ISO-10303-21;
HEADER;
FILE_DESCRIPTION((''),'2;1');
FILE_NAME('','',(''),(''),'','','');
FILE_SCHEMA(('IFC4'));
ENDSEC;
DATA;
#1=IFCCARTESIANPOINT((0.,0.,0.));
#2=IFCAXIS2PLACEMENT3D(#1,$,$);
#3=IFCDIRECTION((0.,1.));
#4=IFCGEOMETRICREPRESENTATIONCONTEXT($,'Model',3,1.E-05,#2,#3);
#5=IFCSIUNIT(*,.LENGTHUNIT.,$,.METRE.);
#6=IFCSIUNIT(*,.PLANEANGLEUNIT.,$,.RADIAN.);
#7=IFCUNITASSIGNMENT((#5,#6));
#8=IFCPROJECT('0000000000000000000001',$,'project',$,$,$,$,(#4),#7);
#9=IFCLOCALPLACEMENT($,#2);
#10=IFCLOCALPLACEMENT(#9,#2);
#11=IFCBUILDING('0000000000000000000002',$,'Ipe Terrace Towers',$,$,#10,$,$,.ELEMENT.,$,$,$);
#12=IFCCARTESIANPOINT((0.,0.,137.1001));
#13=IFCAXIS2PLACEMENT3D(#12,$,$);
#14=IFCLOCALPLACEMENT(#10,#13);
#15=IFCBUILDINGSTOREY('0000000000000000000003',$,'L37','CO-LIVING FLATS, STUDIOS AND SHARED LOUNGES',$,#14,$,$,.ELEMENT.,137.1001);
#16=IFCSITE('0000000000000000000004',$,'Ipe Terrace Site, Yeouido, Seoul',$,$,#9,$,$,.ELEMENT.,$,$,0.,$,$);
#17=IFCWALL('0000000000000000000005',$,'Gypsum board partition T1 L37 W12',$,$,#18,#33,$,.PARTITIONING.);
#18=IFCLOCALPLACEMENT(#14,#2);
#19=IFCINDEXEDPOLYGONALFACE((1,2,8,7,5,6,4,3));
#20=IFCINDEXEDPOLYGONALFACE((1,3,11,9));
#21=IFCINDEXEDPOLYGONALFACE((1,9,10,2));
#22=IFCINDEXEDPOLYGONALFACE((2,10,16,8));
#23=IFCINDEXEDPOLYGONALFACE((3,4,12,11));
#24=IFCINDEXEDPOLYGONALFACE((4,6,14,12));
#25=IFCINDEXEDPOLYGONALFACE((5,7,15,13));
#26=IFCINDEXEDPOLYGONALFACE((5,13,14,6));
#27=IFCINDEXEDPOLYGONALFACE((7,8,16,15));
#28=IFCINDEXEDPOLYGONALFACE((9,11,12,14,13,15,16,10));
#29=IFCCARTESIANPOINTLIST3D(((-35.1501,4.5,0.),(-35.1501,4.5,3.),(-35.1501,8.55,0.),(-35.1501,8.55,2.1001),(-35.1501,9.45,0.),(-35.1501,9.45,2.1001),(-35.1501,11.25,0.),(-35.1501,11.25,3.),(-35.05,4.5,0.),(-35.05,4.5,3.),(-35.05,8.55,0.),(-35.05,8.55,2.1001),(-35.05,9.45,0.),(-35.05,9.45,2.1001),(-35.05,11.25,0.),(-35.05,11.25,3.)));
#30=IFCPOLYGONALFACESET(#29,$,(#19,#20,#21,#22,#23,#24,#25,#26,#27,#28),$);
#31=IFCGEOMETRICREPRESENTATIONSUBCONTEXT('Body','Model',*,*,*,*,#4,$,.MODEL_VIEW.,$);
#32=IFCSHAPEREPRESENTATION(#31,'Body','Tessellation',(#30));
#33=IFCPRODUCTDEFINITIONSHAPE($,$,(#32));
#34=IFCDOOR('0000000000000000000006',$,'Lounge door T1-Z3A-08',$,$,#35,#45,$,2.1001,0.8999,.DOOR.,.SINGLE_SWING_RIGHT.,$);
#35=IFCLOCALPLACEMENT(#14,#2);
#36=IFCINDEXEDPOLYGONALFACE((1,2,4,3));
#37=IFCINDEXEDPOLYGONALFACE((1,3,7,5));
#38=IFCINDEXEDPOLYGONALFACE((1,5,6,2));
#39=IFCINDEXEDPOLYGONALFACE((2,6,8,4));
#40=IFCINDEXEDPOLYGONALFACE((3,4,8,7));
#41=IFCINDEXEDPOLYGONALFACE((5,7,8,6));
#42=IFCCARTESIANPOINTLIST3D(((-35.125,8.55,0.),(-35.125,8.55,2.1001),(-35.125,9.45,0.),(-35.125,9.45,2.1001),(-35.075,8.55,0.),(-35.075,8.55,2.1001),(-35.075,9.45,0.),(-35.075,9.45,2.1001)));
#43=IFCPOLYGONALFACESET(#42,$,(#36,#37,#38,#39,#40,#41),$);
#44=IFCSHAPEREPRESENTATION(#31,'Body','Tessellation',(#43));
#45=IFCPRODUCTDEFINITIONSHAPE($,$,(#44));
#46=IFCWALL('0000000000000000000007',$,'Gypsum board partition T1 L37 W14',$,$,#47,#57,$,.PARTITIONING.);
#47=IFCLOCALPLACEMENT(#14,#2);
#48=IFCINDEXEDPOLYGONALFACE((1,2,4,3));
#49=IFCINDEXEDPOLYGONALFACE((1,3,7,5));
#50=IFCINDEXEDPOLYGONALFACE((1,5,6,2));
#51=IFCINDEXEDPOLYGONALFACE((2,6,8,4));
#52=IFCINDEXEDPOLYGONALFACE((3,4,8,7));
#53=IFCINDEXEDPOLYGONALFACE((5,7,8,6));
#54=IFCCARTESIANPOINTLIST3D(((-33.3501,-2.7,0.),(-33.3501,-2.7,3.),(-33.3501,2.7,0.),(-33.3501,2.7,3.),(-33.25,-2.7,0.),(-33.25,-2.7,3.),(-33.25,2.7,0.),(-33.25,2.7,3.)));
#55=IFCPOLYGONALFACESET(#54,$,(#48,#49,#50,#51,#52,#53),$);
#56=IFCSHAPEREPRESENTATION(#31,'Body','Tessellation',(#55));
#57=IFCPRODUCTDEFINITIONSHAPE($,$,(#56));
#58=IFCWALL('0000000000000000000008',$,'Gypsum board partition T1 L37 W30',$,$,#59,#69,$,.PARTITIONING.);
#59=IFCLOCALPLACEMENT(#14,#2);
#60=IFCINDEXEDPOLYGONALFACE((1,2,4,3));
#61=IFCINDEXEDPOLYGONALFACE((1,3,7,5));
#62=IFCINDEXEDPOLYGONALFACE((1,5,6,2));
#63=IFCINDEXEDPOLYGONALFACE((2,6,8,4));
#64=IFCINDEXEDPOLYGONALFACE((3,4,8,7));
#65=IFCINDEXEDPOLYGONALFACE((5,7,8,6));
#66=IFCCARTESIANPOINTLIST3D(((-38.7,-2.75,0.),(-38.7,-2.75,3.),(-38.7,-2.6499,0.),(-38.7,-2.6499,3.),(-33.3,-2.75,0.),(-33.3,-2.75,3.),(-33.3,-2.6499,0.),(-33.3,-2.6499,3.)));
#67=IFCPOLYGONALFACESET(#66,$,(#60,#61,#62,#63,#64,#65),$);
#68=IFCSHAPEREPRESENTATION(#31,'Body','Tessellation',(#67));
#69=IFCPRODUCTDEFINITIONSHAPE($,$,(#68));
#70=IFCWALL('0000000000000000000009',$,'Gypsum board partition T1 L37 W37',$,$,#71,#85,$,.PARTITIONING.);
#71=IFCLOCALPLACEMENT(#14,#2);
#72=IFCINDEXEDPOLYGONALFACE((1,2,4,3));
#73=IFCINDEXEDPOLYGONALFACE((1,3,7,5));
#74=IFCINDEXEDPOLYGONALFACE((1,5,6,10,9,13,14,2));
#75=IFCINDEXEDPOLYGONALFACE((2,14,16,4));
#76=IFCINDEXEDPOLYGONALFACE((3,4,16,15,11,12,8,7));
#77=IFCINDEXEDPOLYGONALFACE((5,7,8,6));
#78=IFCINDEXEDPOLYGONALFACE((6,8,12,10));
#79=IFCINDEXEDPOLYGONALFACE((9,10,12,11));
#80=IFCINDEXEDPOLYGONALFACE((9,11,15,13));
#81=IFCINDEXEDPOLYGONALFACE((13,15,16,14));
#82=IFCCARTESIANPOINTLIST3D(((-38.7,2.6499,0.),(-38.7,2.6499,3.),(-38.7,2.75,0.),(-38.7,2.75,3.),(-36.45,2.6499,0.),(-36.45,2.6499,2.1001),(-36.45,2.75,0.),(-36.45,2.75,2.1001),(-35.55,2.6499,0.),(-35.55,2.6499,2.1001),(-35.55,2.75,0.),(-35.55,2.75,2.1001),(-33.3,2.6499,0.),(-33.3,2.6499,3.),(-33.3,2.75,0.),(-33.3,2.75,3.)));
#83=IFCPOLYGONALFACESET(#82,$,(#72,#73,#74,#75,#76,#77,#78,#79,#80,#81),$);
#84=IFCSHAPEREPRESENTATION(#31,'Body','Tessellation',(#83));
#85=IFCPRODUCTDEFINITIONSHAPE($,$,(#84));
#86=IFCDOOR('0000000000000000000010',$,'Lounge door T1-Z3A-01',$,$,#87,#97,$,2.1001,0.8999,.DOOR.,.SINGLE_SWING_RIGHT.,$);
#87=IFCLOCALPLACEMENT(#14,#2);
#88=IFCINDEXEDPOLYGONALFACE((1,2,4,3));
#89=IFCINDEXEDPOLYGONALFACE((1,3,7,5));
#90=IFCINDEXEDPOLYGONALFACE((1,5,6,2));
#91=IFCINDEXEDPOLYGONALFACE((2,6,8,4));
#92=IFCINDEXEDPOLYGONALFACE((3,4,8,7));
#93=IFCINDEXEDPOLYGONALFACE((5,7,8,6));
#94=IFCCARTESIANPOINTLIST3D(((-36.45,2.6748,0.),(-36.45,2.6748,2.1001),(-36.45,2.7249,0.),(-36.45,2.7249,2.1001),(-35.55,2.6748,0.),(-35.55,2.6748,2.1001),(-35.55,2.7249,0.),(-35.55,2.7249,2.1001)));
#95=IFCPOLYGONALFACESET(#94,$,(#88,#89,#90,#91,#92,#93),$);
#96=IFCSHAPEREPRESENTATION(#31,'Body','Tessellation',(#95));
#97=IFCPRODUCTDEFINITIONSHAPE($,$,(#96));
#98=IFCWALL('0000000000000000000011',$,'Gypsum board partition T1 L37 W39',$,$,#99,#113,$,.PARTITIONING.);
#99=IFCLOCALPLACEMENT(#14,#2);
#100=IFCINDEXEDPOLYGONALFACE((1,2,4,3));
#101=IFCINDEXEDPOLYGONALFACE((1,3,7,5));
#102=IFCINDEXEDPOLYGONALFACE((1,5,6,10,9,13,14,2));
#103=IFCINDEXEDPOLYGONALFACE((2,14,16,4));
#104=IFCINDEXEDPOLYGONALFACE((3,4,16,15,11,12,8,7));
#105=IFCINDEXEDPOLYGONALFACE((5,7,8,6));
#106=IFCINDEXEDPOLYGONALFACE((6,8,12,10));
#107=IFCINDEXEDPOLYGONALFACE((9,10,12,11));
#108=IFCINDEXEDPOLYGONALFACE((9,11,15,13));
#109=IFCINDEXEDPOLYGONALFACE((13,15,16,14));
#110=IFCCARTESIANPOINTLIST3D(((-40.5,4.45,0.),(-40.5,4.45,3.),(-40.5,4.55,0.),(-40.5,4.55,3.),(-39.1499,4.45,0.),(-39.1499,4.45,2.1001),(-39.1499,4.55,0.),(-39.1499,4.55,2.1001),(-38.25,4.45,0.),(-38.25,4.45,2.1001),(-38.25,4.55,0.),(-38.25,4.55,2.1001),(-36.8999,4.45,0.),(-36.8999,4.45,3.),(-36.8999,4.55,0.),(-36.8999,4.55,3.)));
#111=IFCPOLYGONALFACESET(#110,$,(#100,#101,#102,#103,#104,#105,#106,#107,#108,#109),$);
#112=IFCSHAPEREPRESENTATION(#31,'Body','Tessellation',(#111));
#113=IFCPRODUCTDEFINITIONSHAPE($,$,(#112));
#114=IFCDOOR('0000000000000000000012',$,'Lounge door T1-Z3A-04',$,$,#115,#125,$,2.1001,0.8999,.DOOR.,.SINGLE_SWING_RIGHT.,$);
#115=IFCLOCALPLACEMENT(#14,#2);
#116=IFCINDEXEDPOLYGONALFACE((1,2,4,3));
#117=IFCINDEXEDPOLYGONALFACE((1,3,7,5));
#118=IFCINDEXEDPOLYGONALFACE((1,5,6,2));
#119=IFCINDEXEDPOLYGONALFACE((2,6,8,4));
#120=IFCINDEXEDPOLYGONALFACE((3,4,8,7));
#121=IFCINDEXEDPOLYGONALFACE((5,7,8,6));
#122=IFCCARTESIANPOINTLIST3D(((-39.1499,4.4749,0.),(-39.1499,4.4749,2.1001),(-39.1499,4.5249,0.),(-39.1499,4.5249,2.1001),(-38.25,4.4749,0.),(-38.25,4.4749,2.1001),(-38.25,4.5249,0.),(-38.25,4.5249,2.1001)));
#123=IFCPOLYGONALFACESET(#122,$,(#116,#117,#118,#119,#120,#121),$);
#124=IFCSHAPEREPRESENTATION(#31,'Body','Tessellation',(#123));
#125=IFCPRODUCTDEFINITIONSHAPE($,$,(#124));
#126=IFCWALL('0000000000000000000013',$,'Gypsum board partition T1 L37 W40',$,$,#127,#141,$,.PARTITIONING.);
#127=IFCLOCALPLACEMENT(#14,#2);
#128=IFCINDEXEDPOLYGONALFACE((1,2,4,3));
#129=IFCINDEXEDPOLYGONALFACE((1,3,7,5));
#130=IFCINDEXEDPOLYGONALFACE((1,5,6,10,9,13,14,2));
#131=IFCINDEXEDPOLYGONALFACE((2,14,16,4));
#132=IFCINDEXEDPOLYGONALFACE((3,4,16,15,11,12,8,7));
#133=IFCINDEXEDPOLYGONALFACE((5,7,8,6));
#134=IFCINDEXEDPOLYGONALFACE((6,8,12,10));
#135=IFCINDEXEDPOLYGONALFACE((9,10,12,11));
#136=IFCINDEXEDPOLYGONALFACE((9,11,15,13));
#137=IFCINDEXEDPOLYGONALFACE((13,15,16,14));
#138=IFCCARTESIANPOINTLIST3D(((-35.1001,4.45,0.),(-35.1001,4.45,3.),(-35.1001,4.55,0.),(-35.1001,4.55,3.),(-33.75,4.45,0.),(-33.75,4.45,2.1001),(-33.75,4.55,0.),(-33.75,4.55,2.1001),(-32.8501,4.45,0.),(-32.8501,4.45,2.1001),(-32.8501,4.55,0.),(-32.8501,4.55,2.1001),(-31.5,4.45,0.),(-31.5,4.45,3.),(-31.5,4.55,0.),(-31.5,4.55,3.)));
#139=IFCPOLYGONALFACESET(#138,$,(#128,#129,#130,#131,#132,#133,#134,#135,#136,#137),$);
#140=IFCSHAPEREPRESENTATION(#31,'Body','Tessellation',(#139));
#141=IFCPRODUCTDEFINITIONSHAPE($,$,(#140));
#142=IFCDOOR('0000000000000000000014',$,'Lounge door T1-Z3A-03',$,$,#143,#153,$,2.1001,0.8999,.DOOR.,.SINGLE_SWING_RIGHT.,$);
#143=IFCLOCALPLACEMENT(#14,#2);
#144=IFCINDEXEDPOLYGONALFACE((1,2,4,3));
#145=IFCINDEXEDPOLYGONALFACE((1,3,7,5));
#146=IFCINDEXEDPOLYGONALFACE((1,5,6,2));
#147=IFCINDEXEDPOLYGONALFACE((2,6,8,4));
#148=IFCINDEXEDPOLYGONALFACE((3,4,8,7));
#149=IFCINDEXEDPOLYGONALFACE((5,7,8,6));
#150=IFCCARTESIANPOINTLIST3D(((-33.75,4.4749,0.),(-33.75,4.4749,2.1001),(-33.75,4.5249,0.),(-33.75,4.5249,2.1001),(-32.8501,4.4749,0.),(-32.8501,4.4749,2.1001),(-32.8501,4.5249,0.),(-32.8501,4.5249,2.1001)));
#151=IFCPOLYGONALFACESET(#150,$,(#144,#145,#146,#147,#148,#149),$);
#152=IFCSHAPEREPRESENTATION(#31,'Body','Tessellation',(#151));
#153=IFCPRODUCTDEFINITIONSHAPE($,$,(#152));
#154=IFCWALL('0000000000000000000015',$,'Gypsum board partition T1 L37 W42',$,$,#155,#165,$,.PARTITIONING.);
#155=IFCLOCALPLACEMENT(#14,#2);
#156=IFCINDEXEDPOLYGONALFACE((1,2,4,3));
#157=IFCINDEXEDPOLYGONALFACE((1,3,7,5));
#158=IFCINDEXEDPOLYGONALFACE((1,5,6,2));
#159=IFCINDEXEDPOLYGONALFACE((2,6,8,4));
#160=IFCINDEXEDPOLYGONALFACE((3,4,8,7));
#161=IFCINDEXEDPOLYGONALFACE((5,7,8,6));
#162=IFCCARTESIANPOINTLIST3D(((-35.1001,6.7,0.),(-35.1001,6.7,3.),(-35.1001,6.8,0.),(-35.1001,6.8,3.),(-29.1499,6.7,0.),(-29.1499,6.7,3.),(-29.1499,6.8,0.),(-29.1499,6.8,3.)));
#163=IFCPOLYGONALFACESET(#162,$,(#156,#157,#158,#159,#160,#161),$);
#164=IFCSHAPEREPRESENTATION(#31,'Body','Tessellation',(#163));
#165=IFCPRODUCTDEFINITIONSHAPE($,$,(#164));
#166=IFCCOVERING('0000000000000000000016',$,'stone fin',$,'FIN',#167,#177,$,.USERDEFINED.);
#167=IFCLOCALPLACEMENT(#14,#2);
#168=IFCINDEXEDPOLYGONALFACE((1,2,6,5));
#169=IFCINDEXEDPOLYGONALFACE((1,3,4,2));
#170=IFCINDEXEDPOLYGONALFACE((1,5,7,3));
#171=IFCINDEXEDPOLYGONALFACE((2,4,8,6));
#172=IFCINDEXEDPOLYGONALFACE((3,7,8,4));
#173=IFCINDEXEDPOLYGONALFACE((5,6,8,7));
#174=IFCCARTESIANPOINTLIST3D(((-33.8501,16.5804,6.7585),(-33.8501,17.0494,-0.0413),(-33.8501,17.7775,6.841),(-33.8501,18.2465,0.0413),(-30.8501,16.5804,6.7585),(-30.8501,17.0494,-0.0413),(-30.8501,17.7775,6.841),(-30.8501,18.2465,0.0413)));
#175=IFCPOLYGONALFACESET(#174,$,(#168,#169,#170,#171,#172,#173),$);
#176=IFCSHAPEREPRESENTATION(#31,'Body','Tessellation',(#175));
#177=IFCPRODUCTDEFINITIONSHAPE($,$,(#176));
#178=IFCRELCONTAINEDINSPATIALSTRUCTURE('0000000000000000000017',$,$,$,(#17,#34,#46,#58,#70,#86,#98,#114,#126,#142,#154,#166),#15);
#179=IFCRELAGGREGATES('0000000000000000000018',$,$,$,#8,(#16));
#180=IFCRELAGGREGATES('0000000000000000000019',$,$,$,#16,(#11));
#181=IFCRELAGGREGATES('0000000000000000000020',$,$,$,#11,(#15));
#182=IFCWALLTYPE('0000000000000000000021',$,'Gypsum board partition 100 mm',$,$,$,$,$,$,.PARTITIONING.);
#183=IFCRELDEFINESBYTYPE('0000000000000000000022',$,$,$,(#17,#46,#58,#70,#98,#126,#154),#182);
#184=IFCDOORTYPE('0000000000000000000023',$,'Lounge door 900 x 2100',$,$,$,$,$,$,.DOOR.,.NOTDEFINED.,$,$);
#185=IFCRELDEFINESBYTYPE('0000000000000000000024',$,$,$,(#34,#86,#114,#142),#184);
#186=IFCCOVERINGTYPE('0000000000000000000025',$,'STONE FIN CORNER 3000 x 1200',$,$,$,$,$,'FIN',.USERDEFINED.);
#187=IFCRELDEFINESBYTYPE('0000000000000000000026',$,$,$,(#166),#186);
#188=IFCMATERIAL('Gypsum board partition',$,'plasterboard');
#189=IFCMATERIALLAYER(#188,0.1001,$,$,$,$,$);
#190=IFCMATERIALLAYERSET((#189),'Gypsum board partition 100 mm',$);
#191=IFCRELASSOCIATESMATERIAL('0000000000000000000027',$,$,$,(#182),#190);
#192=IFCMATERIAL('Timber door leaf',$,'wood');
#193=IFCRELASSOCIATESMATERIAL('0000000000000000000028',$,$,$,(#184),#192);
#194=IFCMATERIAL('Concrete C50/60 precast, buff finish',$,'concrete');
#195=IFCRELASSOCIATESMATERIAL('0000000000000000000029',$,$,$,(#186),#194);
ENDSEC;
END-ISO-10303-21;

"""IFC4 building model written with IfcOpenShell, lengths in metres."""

from ifc_helpers import new_model, si_unit, direction, frame, frame_2d, origin, origin_2d, place, context, subcontext, project, spatial, rectangle, extrude, material, layer, layer_set, material_profile, profile_set, type_object, element, fill, save


model = new_model("IFC4")

# Units and contexts
model_context = context("Model", 3, precision=1e-05, world=origin(), true_north=direction((0.0, 1.0)))
body_context = subcontext(model_context, "Body", "Model", "MODEL_VIEW")
ifc_project = project(units=[si_unit("LENGTHUNIT", "METRE"), si_unit("PLANEANGLEUNIT", "RADIAN")], contexts=[model_context])

# Site, building, storey
site_placement = place(None, origin())
site = spatial("IfcSite", under=ifc_project, at=site_placement, Name="Ipe Terrace Site, Yeouido, Seoul", CompositionType="ELEMENT", RefElevation=0.0)
building_placement = place(site_placement, origin())
building = spatial("IfcBuilding", under=site, at=building_placement, Name="Ipe Terrace Towers", CompositionType="ELEMENT")
storey_placement = place(building_placement, frame((0.0, 0.0, 137.1001)))
storey = spatial("IfcBuildingStorey", under=building, at=storey_placement, Name="L37", Description="CO-LIVING FLATS, STUDIOS AND SHARED LOUNGES", CompositionType="ELEMENT", Elevation=137.1001)

# Shared definitions
ifc_material_1 = material(Name="Gypsum board partition", Category="plasterboard")
ifc_layer_1 = layer(ifc_material_1, 0.1001)
ifc_layer_set_1 = layer_set([ifc_layer_1], Name="Gypsum board partition 100 mm")
wall_type_1 = type_object("IfcWallType", Name="Gypsum board partition 100 mm", PredefinedType="PARTITIONING", material=ifc_layer_set_1)

# Wall, opening, door
ifc_material_2 = material(Name="Timber door leaf", Category="wood")
door_type = type_object("IfcDoorType", Name="Lounge door 900 x 2100", OperationType="NOTDEFINED", PredefinedType="DOOR", material=ifc_material_2)
wall_1_placement = place(storey_placement, frame((-35.1001, 4.5, 0.0), z_axis=(0.0, 0.0, 1.0), x_axis=(0.0, 1.0, 0.0)))
wall_1 = element("IfcWall", 1, at=wall_1_placement, inside=storey, type_object=wall_type_1, Name="Gypsum board partition T1 L37 W12", PredefinedType="PARTITIONING", context=body_context, shape_type="SweptSolid", body=[
    extrude(rectangle(XDim=6.75, YDim=0.1001, at=frame_2d((3.375, 0.0))), origin(), (0.0, 0.0, 1.0), 3.0),
])
opening_1_placement = place(wall_1_placement, frame((4.05, 0.0, 0.0)))
opening_1 = element("IfcOpeningElement", 2, at=opening_1_placement, cuts=wall_1, PredefinedType="OPENING", context=body_context, shape_type="SweptSolid", body=[
    extrude(rectangle(XDim=0.8999, YDim=2.1001, at=frame_2d((0.45, 1.05))), frame((0.0, 0.0601, 0.0), z_axis=(0.0, -1.0, 0.0), x_axis=(1.0, 0.0, 0.0)), (0.0, 0.0, 1.0), 0.1201),
])
door_1_placement = place(opening_1_placement, origin())
door_1 = element("IfcDoor", 3, at=door_1_placement, inside=storey, type_object=door_type, Name="Lounge door T1-Z3A-08", OperationType="SINGLE_SWING_RIGHT", OverallHeight=2.1001, OverallWidth=0.8999, PredefinedType="DOOR", context=body_context, shape_type="SweptSolid", body=[
    extrude(rectangle(XDim=0.8999, YDim=2.1001, at=frame_2d((0.45, 1.05))), frame((0.0, 0.0249, 0.0), z_axis=(0.0, -1.0, 0.0), x_axis=(1.0, 0.0, 0.0)), (0.0, 0.0, 1.0), 0.05),
])
fill(opening_1, door_1)

# Walls
for number, where, z_axis, x_axis, name in (
    (4, (-33.3, -2.7, 0.0), (0.0, 0.0, 1.0), (0.0, 1.0, 0.0), "Gypsum board partition T1 L37 W14"),
    (5, (-38.7, -2.7, 0.0), (0.0, 0.0, 1.0), (1.0, 0.0, 0.0), "Gypsum board partition T1 L37 W30"),
):
    element("IfcWall", number, at=place(storey_placement, frame(where, z_axis=z_axis, x_axis=x_axis)), inside=storey, type_object=wall_type_1, Name=name, PredefinedType="PARTITIONING", context=body_context, shape_type="SweptSolid", body=[
        extrude(rectangle(XDim=5.3999, YDim=0.1001, at=frame_2d((2.7, 0.0))), origin(), (0.0, 0.0, 1.0), 3.0),
    ])

# Walls, openings, doors
wall_2_placement = place(storey_placement, frame((-38.7, 2.7, 0.0), z_axis=(0.0, 0.0, 1.0), x_axis=(1.0, 0.0, 0.0)))
wall_2 = element("IfcWall", 6, at=wall_2_placement, inside=storey, type_object=wall_type_1, Name="Gypsum board partition T1 L37 W37", PredefinedType="PARTITIONING", context=body_context, shape_type="SweptSolid", body=[
    extrude(rectangle(XDim=5.3999, YDim=0.1001, at=frame_2d((2.7, 0.0))), origin(), (0.0, 0.0, 1.0), 3.0),
])
opening_2_placement = place(wall_2_placement, frame((2.25, 0.0, 0.0)))
opening_2 = element("IfcOpeningElement", 7, at=opening_2_placement, cuts=wall_2, PredefinedType="OPENING", context=body_context, shape_type="SweptSolid", body=[
    extrude(rectangle(XDim=0.8999, YDim=2.1001, at=frame_2d((0.45, 1.05))), frame((0.0, 0.0601, 0.0), z_axis=(0.0, -1.0, 0.0), x_axis=(1.0, 0.0, 0.0)), (0.0, 0.0, 1.0), 0.1201),
])
door_2_placement = place(opening_2_placement, origin())
door_2 = element("IfcDoor", 8, at=door_2_placement, inside=storey, type_object=door_type, Name="Lounge door T1-Z3A-01", OperationType="SINGLE_SWING_RIGHT", OverallHeight=2.1001, OverallWidth=0.8999, PredefinedType="DOOR", context=body_context, shape_type="SweptSolid", body=[
    extrude(rectangle(XDim=0.8999, YDim=2.1001, at=frame_2d((0.45, 1.05))), frame((0.0, 0.0249, 0.0), z_axis=(0.0, -1.0, 0.0), x_axis=(1.0, 0.0, 0.0)), (0.0, 0.0, 1.0), 0.05),
])
fill(opening_2, door_2)
wall_3_placement = place(storey_placement, frame((-40.5, 4.5, 0.0), z_axis=(0.0, 0.0, 1.0), x_axis=(1.0, 0.0, 0.0)))
wall_3 = element("IfcWall", 9, at=wall_3_placement, inside=storey, type_object=wall_type_1, Name="Gypsum board partition T1 L37 W39", PredefinedType="PARTITIONING", context=body_context, shape_type="SweptSolid", body=[
    extrude(rectangle(XDim=3.6001, YDim=0.1001, at=frame_2d((1.8, 0.0))), origin(), (0.0, 0.0, 1.0), 3.0),
])
opening_3_placement = place(wall_3_placement, frame((1.3501, 0.0, 0.0)))
opening_3 = element("IfcOpeningElement", 10, at=opening_3_placement, cuts=wall_3, PredefinedType="OPENING", context=body_context, shape_type="SweptSolid", body=[
    extrude(rectangle(XDim=0.8999, YDim=2.1001, at=frame_2d((0.45, 1.05))), frame((0.0, 0.0601, 0.0), z_axis=(0.0, -1.0, 0.0), x_axis=(1.0, 0.0, 0.0)), (0.0, 0.0, 1.0), 0.1201),
])
door_3_placement = place(opening_3_placement, origin())
door_3 = element("IfcDoor", 11, at=door_3_placement, inside=storey, type_object=door_type, Name="Lounge door T1-Z3A-04", OperationType="SINGLE_SWING_RIGHT", OverallHeight=2.1001, OverallWidth=0.8999, PredefinedType="DOOR", context=body_context, shape_type="SweptSolid", body=[
    extrude(rectangle(XDim=0.8999, YDim=2.1001, at=frame_2d((0.45, 1.05))), frame((0.0, 0.0249, 0.0), z_axis=(0.0, -1.0, 0.0), x_axis=(1.0, 0.0, 0.0)), (0.0, 0.0, 1.0), 0.05),
])
fill(opening_3, door_3)
wall_4_placement = place(storey_placement, frame((-35.1001, 4.5, 0.0), z_axis=(0.0, 0.0, 1.0), x_axis=(1.0, 0.0, 0.0)))
wall_4 = element("IfcWall", 12, at=wall_4_placement, inside=storey, type_object=wall_type_1, Name="Gypsum board partition T1 L37 W40", PredefinedType="PARTITIONING", context=body_context, shape_type="SweptSolid", body=[
    extrude(rectangle(XDim=3.6001, YDim=0.1001, at=frame_2d((1.8, 0.0))), origin(), (0.0, 0.0, 1.0), 3.0),
])
opening_4_placement = place(wall_4_placement, frame((1.3501, 0.0, 0.0)))
opening_4 = element("IfcOpeningElement", 13, at=opening_4_placement, cuts=wall_4, PredefinedType="OPENING", context=body_context, shape_type="SweptSolid", body=[
    extrude(rectangle(XDim=0.8999, YDim=2.1001, at=frame_2d((0.45, 1.05))), frame((0.0, 0.0601, 0.0), z_axis=(0.0, -1.0, 0.0), x_axis=(1.0, 0.0, 0.0)), (0.0, 0.0, 1.0), 0.1201),
])
door_4_placement = place(opening_4_placement, origin())
door_4 = element("IfcDoor", 14, at=door_4_placement, inside=storey, type_object=door_type, Name="Lounge door T1-Z3A-03", OperationType="SINGLE_SWING_RIGHT", OverallHeight=2.1001, OverallWidth=0.8999, PredefinedType="DOOR", context=body_context, shape_type="SweptSolid", body=[
    extrude(rectangle(XDim=0.8999, YDim=2.1001, at=frame_2d((0.45, 1.05))), frame((0.0, 0.0249, 0.0), z_axis=(0.0, -1.0, 0.0), x_axis=(1.0, 0.0, 0.0)), (0.0, 0.0, 1.0), 0.05),
])
fill(opening_4, door_4)

# Wall
wall_5_placement = place(storey_placement, frame((-35.1001, 6.75, 0.0), z_axis=(0.0, 0.0, 1.0), x_axis=(1.0, 0.0, 0.0)))
element("IfcWall", 15, at=wall_5_placement, inside=storey, type_object=wall_type_1, Name="Gypsum board partition T1 L37 W42", PredefinedType="PARTITIONING", context=body_context, shape_type="SweptSolid", body=[
    extrude(rectangle(XDim=5.9502, YDim=0.1001, at=frame_2d((2.9751, 0.0))), origin(), (0.0, 0.0, 1.0), 3.0),
])

# Covering
ifc_material_3 = material(Name="Concrete C50/60 precast, buff finish", Category="concrete")
ifc_material_profile_1 = material_profile(ifc_material_3, rectangle(XDim=3.0, YDim=1.2, at=origin_2d()), Name="STONE FIN CORNER 3000 x 1200")
ifc_profile_set_1 = profile_set([ifc_material_profile_1], Name="Concrete C50/60 precast, buff finish")
covering_type_1 = type_object("IfcCoveringType", Name="STONE FIN CORNER 3000 x 1200", ElementType="FIN", PredefinedType="USERDEFINED", material=ifc_profile_set_1)
for number, where, z_axis, x_axis, name in (
    (16, (-32.3501, 17.6479, 0.0), (0.0, -0.068808, 0.99763), (-1.0, 0.0, 0.0), "stone fin"),
):
    element("IfcCovering", number, at=place(storey_placement, frame(where, z_axis=z_axis, x_axis=x_axis)), inside=storey, type_object=covering_type_1, Name=name, ObjectType="FIN", PredefinedType="USERDEFINED", context=body_context, shape_type="SweptSolid", body=[
        extrude(rectangle(XDim=3.0, YDim=1.2, at=origin_2d()), origin(), (0.0, 0.0, 1.0), 6.8159),
    ])

save(model, "model.ifc")
